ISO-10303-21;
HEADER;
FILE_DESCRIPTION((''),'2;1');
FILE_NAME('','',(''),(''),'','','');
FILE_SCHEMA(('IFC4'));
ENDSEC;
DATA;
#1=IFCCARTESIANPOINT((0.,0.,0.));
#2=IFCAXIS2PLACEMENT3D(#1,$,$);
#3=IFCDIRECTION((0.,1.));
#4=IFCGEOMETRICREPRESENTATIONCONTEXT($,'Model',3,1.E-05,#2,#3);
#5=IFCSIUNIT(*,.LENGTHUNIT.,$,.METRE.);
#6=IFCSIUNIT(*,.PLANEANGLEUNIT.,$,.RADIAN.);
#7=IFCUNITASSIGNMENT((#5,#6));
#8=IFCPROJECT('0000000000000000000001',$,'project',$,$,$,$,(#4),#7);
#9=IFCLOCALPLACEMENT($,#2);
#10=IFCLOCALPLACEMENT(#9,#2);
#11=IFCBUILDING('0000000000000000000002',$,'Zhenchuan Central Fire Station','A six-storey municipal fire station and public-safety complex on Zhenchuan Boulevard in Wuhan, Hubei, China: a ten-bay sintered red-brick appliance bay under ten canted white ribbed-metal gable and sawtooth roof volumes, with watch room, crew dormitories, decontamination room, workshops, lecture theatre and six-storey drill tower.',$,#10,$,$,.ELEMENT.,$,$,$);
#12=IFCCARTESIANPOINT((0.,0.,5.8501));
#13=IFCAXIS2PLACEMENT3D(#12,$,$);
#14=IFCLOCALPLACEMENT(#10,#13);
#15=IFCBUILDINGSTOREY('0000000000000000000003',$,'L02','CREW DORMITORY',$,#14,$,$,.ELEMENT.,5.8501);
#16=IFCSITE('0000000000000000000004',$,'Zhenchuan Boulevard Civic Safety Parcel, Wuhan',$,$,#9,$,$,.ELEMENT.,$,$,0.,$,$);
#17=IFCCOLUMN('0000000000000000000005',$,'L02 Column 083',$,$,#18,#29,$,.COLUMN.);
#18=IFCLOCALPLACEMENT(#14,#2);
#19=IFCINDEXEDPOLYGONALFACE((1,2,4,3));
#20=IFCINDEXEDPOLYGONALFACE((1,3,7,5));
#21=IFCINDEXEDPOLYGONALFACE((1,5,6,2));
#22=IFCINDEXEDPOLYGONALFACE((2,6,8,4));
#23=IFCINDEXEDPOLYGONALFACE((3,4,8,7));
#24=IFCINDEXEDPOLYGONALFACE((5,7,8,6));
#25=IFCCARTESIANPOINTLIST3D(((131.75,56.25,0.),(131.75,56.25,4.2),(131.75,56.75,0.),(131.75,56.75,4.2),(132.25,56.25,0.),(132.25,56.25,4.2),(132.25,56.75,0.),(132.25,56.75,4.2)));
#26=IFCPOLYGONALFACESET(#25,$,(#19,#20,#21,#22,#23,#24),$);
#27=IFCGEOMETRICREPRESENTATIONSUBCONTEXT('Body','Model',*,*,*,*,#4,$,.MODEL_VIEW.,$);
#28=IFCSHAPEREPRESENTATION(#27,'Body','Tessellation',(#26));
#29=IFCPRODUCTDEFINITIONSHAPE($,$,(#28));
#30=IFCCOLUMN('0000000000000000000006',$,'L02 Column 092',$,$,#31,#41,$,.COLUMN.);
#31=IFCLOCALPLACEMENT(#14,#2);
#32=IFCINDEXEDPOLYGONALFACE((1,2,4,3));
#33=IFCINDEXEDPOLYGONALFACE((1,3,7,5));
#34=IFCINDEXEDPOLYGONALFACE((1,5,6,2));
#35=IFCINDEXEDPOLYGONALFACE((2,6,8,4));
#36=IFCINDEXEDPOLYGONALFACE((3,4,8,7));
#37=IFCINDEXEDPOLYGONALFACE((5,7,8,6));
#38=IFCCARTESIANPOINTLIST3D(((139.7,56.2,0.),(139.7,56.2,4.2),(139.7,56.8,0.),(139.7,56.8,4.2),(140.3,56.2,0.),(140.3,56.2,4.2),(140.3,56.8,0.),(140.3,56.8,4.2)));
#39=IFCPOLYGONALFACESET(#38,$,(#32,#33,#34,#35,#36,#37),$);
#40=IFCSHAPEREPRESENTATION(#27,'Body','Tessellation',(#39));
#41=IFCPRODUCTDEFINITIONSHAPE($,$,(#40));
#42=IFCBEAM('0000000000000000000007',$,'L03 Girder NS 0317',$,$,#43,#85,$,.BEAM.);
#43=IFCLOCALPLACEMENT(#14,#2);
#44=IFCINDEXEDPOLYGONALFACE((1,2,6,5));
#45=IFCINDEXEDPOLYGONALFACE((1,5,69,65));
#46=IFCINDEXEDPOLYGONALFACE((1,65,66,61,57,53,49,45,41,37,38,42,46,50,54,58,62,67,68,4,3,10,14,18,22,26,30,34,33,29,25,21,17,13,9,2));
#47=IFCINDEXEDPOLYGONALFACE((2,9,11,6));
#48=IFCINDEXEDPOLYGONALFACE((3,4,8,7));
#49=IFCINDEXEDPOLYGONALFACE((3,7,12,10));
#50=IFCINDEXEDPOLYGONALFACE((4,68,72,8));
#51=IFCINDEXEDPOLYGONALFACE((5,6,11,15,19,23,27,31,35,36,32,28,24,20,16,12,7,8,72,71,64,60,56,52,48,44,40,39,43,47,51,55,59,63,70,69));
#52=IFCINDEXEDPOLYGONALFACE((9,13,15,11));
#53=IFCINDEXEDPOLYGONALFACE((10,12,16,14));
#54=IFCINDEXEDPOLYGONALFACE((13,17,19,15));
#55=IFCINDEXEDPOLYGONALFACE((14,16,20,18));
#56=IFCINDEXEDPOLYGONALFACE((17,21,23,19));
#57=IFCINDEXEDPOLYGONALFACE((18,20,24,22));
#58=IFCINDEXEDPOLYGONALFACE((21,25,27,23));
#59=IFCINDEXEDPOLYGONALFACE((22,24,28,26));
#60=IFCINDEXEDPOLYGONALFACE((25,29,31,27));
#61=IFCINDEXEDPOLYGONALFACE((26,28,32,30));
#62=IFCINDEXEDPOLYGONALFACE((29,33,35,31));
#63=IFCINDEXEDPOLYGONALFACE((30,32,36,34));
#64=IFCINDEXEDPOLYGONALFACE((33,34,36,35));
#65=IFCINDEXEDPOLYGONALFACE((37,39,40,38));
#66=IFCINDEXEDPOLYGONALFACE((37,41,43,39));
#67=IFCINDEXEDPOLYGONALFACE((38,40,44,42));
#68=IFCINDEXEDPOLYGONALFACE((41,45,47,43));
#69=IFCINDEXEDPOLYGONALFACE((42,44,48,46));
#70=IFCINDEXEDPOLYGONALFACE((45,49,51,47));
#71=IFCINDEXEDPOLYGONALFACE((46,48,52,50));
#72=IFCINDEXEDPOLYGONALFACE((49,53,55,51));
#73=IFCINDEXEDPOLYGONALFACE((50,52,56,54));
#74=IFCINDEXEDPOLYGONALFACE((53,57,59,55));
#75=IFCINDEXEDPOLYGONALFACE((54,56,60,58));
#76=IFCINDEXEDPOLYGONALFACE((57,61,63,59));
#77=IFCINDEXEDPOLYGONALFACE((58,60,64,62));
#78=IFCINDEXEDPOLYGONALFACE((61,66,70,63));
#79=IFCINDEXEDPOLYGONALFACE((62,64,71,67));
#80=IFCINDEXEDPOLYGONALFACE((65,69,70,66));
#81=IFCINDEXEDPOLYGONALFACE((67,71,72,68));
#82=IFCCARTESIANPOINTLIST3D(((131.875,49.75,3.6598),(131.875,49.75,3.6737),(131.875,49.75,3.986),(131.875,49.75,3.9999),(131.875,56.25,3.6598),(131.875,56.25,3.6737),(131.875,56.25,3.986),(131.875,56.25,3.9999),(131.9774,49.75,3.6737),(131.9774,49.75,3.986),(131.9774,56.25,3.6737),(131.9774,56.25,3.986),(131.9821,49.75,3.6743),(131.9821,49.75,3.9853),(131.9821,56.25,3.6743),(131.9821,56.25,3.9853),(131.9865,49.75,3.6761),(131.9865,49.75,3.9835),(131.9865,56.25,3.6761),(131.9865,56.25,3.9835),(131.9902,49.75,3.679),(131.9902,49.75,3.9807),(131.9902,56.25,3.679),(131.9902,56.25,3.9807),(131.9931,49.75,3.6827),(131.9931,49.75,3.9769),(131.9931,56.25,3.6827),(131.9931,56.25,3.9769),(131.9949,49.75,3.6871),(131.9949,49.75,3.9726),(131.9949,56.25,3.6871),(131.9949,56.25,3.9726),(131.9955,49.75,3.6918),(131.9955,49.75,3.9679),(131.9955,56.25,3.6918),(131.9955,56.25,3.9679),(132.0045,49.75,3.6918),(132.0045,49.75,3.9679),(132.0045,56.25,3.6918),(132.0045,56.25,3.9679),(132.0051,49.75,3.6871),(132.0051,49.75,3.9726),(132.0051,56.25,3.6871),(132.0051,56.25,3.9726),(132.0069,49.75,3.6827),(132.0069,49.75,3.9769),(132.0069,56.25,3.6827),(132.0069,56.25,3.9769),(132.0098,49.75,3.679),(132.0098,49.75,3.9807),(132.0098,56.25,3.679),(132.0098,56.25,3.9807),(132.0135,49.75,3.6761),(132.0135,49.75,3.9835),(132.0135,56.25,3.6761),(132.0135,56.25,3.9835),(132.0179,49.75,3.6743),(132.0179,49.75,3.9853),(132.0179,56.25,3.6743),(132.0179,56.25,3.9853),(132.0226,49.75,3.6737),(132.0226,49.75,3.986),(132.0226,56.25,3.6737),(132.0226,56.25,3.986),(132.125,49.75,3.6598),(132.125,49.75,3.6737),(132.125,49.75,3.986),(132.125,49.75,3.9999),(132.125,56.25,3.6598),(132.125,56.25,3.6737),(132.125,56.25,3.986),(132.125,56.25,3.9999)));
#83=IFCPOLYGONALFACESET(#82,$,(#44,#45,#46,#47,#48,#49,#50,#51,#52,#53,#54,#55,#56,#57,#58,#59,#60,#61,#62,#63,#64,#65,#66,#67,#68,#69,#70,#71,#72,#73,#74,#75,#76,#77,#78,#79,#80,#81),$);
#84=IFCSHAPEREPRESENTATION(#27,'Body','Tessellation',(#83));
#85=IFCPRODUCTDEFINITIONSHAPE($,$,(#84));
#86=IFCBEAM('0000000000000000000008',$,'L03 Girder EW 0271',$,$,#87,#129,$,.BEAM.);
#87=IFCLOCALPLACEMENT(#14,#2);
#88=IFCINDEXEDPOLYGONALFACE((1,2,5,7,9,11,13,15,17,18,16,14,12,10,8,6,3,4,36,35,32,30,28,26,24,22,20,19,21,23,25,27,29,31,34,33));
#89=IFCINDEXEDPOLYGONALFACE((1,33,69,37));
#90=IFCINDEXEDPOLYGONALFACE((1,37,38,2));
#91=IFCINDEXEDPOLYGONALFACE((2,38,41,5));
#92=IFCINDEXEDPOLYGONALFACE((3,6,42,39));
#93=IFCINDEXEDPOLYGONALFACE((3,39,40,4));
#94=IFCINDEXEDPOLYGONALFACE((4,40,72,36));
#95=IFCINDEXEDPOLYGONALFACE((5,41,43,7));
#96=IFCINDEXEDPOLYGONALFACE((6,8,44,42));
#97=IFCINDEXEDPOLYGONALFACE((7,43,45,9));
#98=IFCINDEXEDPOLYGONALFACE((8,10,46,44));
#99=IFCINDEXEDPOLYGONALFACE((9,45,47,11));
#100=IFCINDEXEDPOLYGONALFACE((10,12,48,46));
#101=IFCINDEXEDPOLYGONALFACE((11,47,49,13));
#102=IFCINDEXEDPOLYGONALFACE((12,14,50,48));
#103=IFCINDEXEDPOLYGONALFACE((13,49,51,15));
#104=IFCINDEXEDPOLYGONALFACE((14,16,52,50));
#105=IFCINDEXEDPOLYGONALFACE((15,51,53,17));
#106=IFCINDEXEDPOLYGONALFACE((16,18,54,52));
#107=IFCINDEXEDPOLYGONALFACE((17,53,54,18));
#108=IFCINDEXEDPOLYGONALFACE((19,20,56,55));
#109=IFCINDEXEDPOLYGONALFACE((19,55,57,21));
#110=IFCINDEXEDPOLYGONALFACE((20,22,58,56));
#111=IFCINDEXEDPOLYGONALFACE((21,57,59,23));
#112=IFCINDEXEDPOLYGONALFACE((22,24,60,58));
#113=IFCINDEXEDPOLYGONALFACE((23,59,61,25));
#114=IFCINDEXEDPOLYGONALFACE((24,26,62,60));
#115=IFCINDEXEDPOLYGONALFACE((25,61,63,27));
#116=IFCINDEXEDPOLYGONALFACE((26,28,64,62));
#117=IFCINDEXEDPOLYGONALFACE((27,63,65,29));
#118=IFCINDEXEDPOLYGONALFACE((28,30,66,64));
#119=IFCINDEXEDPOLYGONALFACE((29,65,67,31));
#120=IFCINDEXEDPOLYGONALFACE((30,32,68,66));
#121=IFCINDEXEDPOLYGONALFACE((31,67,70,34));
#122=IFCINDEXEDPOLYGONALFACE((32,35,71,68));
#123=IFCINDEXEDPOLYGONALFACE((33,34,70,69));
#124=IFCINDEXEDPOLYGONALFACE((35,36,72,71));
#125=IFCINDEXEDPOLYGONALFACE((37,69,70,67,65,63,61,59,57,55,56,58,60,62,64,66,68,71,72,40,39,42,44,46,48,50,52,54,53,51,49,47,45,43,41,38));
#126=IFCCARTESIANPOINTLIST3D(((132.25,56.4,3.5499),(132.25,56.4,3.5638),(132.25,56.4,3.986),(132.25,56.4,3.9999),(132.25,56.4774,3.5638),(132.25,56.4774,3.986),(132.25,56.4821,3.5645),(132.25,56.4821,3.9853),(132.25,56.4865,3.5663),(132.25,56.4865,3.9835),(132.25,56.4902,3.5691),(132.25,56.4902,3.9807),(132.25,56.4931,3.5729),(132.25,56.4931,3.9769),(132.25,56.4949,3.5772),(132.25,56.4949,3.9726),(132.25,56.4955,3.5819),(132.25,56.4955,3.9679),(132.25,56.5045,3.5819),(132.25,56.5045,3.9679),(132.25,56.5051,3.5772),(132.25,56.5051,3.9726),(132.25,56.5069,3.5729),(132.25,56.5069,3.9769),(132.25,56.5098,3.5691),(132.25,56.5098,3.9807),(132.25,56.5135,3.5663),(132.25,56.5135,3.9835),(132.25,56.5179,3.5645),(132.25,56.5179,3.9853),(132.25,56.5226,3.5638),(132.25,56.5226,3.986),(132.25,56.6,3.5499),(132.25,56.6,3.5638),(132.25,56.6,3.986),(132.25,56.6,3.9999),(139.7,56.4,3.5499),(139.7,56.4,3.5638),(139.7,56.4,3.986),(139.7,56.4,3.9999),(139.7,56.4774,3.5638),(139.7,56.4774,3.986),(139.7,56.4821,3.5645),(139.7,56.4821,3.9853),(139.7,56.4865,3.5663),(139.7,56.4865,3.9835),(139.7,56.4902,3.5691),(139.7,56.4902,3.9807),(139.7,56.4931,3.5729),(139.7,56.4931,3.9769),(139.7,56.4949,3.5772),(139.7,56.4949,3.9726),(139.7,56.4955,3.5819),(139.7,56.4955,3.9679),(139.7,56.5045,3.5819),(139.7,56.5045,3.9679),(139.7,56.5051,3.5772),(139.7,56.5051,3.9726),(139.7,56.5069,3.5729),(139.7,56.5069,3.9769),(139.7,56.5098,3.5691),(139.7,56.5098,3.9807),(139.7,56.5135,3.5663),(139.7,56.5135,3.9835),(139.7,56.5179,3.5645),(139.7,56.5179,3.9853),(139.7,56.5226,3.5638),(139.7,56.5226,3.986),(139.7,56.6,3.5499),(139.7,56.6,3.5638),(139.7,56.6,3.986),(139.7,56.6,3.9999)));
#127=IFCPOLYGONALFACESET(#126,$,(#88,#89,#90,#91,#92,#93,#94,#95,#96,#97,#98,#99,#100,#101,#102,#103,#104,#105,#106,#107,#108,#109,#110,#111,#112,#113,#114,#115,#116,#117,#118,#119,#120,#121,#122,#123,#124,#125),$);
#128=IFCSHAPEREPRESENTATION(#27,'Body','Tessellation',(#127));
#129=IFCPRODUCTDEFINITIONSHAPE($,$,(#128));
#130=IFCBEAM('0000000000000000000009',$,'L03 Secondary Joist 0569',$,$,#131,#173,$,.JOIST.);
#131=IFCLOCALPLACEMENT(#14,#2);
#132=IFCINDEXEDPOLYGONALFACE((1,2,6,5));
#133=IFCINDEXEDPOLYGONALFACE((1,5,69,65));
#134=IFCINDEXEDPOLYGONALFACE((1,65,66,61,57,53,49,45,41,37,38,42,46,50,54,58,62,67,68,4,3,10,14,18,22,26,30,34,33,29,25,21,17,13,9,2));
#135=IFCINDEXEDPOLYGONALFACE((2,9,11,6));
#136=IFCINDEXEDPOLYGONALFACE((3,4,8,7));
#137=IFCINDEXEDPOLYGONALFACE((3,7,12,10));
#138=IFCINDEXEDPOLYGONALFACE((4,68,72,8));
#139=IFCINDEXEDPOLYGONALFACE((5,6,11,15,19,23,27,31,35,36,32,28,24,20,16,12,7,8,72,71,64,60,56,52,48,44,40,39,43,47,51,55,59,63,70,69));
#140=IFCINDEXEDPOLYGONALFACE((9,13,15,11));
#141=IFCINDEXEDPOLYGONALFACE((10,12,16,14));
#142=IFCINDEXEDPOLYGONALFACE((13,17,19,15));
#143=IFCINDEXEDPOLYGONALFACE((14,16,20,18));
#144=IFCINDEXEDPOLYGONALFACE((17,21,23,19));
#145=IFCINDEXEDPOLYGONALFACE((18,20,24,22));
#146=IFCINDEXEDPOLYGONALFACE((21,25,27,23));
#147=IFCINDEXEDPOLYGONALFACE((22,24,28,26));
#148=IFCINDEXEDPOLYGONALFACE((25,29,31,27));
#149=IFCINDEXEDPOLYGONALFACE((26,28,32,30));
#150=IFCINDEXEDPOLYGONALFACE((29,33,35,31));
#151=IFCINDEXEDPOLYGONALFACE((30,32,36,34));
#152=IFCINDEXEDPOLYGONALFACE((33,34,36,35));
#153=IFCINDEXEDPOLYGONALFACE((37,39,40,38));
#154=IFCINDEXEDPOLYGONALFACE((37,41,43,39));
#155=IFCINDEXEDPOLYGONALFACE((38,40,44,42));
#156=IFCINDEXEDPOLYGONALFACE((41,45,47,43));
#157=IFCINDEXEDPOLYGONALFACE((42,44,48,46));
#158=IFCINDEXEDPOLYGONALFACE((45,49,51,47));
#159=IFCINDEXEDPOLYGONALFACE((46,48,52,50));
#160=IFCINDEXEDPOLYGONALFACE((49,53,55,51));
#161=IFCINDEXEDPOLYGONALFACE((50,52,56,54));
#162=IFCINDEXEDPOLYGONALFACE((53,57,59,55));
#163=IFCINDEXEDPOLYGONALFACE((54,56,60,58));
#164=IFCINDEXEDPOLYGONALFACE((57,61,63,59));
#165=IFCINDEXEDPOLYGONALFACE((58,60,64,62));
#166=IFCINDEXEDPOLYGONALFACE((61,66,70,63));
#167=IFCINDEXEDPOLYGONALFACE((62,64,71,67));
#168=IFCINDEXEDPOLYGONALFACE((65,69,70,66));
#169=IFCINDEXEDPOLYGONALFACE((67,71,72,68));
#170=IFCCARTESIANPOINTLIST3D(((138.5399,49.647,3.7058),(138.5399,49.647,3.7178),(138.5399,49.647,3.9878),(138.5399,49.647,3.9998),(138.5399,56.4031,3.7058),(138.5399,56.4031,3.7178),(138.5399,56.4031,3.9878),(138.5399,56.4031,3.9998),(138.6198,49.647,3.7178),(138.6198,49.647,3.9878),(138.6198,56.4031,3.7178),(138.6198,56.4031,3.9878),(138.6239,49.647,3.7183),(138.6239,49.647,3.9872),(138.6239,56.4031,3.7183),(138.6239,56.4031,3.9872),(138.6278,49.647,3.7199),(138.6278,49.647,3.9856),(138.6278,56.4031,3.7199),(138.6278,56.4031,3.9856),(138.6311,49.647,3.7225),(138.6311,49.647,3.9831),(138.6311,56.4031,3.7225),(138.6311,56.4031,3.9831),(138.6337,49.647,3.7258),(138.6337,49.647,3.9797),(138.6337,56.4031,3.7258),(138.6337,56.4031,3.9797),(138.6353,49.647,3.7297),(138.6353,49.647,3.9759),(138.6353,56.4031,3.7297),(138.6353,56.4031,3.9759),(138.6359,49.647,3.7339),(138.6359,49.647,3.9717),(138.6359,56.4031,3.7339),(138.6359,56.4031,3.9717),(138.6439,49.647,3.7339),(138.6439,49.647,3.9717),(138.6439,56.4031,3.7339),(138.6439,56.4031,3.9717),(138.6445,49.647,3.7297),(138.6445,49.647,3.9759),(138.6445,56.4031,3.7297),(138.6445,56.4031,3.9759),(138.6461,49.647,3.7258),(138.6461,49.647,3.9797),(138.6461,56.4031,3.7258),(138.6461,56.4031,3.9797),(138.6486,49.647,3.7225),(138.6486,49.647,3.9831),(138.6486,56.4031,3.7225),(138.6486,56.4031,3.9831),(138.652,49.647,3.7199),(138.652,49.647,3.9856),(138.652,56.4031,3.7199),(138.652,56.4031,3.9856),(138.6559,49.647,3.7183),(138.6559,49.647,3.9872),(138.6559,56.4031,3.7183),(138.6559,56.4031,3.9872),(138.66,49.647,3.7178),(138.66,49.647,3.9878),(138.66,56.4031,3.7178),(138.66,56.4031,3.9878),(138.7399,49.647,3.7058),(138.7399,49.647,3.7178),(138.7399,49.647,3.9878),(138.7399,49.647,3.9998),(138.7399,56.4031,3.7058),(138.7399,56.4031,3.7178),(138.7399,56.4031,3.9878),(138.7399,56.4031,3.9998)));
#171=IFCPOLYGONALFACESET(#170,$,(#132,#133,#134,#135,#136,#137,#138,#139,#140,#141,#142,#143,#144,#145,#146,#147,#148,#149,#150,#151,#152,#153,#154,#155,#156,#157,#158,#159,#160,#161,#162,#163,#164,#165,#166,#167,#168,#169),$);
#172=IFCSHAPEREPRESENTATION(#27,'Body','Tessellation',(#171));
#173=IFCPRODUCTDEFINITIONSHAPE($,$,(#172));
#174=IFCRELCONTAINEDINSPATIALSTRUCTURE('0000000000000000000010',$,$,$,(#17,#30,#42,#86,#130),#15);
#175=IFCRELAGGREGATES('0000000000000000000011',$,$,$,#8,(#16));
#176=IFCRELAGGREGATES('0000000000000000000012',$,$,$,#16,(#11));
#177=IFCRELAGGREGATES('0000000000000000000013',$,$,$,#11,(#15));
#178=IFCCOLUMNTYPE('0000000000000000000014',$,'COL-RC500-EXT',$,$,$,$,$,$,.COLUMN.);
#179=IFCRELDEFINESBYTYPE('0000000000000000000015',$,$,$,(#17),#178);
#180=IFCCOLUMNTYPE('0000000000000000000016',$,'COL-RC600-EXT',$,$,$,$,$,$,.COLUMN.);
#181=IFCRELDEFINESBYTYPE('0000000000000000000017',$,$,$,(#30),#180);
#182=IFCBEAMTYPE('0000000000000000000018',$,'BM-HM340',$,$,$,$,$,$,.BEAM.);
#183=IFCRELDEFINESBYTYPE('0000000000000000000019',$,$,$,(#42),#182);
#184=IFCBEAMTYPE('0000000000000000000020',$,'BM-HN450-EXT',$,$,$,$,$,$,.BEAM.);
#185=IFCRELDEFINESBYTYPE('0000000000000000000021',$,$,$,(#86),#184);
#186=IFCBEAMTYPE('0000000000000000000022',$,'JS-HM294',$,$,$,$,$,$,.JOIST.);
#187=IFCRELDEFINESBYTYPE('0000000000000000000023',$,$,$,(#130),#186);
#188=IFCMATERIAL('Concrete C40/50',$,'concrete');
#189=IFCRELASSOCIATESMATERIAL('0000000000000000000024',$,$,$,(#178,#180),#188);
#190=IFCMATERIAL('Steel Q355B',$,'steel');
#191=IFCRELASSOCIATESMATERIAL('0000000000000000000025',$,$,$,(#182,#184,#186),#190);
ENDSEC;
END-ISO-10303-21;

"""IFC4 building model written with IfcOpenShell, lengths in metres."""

from ifc_helpers import new_model, si_unit, direction, frame, origin, origin_2d, place, context, subcontext, project, spatial, rectangle, i_section, extrude, material, material_profile, profile_set, type_object, element, save


model = new_model("IFC4")

# Units and contexts
model_context = context("Model", 3, precision=1e-05, world=origin(), true_north=direction((0.0, 1.0)))
body_context = subcontext(model_context, "Body", "Model", "MODEL_VIEW")
ifc_project = project(units=[si_unit("LENGTHUNIT", "METRE"), si_unit("PLANEANGLEUNIT", "RADIAN")], contexts=[model_context])

# Site, building, storey
site_placement = place(None, origin())
site = spatial("IfcSite", under=ifc_project, at=site_placement, Name="Zhenchuan Boulevard Civic Safety Parcel, Wuhan", CompositionType="ELEMENT", RefElevation=0.0)
building_placement = place(site_placement, origin())
building = spatial("IfcBuilding", under=site, at=building_placement, Name="Zhenchuan Central Fire Station", Description="A six-storey municipal fire station and public-safety complex on Zhenchuan Boulevard in Wuhan, Hubei, China: a ten-bay sintered red-brick appliance bay under ten canted white ribbed-metal gable and sawtooth roof volumes, with watch room, crew dormitories, decontamination room, workshops, lecture theatre and six-storey drill tower.", CompositionType="ELEMENT")
storey_placement = place(building_placement, frame((0.0, 0.0, 5.8501)))
storey = spatial("IfcBuildingStorey", under=building, at=storey_placement, Name="L02", Description="CREW DORMITORY", CompositionType="ELEMENT", Elevation=5.8501)

# Columns
ifc_material_1 = material(Name="Concrete C40/50", Category="concrete")
ifc_material_profile_1 = material_profile(ifc_material_1, rectangle(XDim=0.5, YDim=0.5, at=origin_2d()), Name="RC 500x500")
ifc_profile_set_1 = profile_set([ifc_material_profile_1], Name="Concrete C40/50")
column_type_1 = type_object("IfcColumnType", Name="COL-RC500-EXT", PredefinedType="COLUMN", material=ifc_profile_set_1)
column_1_placement = place(storey_placement, frame((132.0, 56.5, 0.0), z_axis=(0.0, 0.0, 1.0), x_axis=(1.0, 0.0, 0.0)))
element("IfcColumn", 1, at=column_1_placement, inside=storey, type_object=column_type_1, Name="L02 Column 083", PredefinedType="COLUMN", context=body_context, shape_type="SweptSolid", body=[
    extrude(rectangle(XDim=0.5, YDim=0.5, at=origin_2d()), origin(), (0.0, 0.0, 1.0), 4.2),
])
ifc_material_profile_2 = material_profile(ifc_material_1, rectangle(XDim=0.6001, YDim=0.6001, at=origin_2d()), Name="RC 600x600")
ifc_profile_set_2 = profile_set([ifc_material_profile_2], Name="Concrete C40/50")
column_type_2 = type_object("IfcColumnType", Name="COL-RC600-EXT", PredefinedType="COLUMN", material=ifc_profile_set_2)
column_2_placement = place(storey_placement, frame((140.0, 56.5, 0.0), z_axis=(0.0, 0.0, 1.0), x_axis=(1.0, 0.0, 0.0)))
element("IfcColumn", 2, at=column_2_placement, inside=storey, type_object=column_type_2, Name="L02 Column 092", PredefinedType="COLUMN", context=body_context, shape_type="SweptSolid", body=[
    extrude(rectangle(XDim=0.6001, YDim=0.6001, at=origin_2d()), origin(), (0.0, 0.0, 1.0), 4.2),
])

# Beams
ifc_material_2 = material(Name="Steel Q355B", Category="steel")
ifc_material_profile_3 = material_profile(ifc_material_2, i_section(OverallWidth=0.25, OverallDepth=0.3401, WebThickness=0.009, FlangeThickness=0.0139, FilletRadius=0.0181, at=origin_2d()), Name="HM 340x250")
ifc_profile_set_3 = profile_set([ifc_material_profile_3], Name="Steel Q355B")
beam_type_1 = type_object("IfcBeamType", Name="BM-HM340", PredefinedType="BEAM", material=ifc_profile_set_3)
beam_1_placement = place(storey_placement, frame((132.0, 49.75, 3.8298), z_axis=(0.0, 1.0, 0.0), x_axis=(-1.0, 0.0, 0.0)))
element("IfcBeam", 3, at=beam_1_placement, inside=storey, type_object=beam_type_1, Name="L03 Girder NS 0317", PredefinedType="BEAM", context=body_context, shape_type="SweptSolid", body=[
    extrude(i_section(OverallWidth=0.25, OverallDepth=0.3401, WebThickness=0.009, FlangeThickness=0.0139, FilletRadius=0.0181, at=origin_2d()), origin(), (0.0, 0.0, 1.0), 6.5),
])
ifc_material_profile_4 = material_profile(ifc_material_2, i_section(OverallWidth=0.2, OverallDepth=0.45, WebThickness=0.009, FlangeThickness=0.0139, FilletRadius=0.0181, at=origin_2d()), Name="HN 450x200")
ifc_profile_set_4 = profile_set([ifc_material_profile_4], Name="Steel Q355B")
beam_type_2 = type_object("IfcBeamType", Name="BM-HN450-EXT", PredefinedType="BEAM", material=ifc_profile_set_4)
beam_2_placement = place(storey_placement, frame((132.25, 56.5, 3.7749), z_axis=(1.0, 0.0, 0.0), x_axis=(0.0, 1.0, 0.0)))
element("IfcBeam", 4, at=beam_2_placement, inside=storey, type_object=beam_type_2, Name="L03 Girder EW 0271", PredefinedType="BEAM", context=body_context, shape_type="SweptSolid", body=[
    extrude(i_section(OverallWidth=0.2, OverallDepth=0.45, WebThickness=0.009, FlangeThickness=0.0139, FilletRadius=0.0181, at=origin_2d()), origin(), (0.0, 0.0, 1.0), 7.45),
])
ifc_material_profile_5 = material_profile(ifc_material_2, i_section(OverallWidth=0.2, OverallDepth=0.2939, WebThickness=0.0081, FlangeThickness=0.012, FilletRadius=0.0161, at=origin_2d()), Name="HM 294x200")
ifc_profile_set_5 = profile_set([ifc_material_profile_5], Name="Steel Q355B")
beam_type_3 = type_object("IfcBeamType", Name="JS-HM294", PredefinedType="JOIST", material=ifc_profile_set_5)
beam_3_placement = place(storey_placement, frame((138.6399, 49.647, 3.8528), z_axis=(0.0, 1.0, 0.0), x_axis=(-1.0, 0.0, 0.0)))
element("IfcBeam", 5, at=beam_3_placement, inside=storey, type_object=beam_type_3, Name="L03 Secondary Joist 0569", PredefinedType="JOIST", context=body_context, shape_type="SweptSolid", body=[
    extrude(i_section(OverallWidth=0.2, OverallDepth=0.2939, WebThickness=0.0081, FlangeThickness=0.012, FilletRadius=0.0161, at=origin_2d()), origin(), (0.0, 0.0, 1.0), 6.7561),
])

save(model, "model.ifc")
